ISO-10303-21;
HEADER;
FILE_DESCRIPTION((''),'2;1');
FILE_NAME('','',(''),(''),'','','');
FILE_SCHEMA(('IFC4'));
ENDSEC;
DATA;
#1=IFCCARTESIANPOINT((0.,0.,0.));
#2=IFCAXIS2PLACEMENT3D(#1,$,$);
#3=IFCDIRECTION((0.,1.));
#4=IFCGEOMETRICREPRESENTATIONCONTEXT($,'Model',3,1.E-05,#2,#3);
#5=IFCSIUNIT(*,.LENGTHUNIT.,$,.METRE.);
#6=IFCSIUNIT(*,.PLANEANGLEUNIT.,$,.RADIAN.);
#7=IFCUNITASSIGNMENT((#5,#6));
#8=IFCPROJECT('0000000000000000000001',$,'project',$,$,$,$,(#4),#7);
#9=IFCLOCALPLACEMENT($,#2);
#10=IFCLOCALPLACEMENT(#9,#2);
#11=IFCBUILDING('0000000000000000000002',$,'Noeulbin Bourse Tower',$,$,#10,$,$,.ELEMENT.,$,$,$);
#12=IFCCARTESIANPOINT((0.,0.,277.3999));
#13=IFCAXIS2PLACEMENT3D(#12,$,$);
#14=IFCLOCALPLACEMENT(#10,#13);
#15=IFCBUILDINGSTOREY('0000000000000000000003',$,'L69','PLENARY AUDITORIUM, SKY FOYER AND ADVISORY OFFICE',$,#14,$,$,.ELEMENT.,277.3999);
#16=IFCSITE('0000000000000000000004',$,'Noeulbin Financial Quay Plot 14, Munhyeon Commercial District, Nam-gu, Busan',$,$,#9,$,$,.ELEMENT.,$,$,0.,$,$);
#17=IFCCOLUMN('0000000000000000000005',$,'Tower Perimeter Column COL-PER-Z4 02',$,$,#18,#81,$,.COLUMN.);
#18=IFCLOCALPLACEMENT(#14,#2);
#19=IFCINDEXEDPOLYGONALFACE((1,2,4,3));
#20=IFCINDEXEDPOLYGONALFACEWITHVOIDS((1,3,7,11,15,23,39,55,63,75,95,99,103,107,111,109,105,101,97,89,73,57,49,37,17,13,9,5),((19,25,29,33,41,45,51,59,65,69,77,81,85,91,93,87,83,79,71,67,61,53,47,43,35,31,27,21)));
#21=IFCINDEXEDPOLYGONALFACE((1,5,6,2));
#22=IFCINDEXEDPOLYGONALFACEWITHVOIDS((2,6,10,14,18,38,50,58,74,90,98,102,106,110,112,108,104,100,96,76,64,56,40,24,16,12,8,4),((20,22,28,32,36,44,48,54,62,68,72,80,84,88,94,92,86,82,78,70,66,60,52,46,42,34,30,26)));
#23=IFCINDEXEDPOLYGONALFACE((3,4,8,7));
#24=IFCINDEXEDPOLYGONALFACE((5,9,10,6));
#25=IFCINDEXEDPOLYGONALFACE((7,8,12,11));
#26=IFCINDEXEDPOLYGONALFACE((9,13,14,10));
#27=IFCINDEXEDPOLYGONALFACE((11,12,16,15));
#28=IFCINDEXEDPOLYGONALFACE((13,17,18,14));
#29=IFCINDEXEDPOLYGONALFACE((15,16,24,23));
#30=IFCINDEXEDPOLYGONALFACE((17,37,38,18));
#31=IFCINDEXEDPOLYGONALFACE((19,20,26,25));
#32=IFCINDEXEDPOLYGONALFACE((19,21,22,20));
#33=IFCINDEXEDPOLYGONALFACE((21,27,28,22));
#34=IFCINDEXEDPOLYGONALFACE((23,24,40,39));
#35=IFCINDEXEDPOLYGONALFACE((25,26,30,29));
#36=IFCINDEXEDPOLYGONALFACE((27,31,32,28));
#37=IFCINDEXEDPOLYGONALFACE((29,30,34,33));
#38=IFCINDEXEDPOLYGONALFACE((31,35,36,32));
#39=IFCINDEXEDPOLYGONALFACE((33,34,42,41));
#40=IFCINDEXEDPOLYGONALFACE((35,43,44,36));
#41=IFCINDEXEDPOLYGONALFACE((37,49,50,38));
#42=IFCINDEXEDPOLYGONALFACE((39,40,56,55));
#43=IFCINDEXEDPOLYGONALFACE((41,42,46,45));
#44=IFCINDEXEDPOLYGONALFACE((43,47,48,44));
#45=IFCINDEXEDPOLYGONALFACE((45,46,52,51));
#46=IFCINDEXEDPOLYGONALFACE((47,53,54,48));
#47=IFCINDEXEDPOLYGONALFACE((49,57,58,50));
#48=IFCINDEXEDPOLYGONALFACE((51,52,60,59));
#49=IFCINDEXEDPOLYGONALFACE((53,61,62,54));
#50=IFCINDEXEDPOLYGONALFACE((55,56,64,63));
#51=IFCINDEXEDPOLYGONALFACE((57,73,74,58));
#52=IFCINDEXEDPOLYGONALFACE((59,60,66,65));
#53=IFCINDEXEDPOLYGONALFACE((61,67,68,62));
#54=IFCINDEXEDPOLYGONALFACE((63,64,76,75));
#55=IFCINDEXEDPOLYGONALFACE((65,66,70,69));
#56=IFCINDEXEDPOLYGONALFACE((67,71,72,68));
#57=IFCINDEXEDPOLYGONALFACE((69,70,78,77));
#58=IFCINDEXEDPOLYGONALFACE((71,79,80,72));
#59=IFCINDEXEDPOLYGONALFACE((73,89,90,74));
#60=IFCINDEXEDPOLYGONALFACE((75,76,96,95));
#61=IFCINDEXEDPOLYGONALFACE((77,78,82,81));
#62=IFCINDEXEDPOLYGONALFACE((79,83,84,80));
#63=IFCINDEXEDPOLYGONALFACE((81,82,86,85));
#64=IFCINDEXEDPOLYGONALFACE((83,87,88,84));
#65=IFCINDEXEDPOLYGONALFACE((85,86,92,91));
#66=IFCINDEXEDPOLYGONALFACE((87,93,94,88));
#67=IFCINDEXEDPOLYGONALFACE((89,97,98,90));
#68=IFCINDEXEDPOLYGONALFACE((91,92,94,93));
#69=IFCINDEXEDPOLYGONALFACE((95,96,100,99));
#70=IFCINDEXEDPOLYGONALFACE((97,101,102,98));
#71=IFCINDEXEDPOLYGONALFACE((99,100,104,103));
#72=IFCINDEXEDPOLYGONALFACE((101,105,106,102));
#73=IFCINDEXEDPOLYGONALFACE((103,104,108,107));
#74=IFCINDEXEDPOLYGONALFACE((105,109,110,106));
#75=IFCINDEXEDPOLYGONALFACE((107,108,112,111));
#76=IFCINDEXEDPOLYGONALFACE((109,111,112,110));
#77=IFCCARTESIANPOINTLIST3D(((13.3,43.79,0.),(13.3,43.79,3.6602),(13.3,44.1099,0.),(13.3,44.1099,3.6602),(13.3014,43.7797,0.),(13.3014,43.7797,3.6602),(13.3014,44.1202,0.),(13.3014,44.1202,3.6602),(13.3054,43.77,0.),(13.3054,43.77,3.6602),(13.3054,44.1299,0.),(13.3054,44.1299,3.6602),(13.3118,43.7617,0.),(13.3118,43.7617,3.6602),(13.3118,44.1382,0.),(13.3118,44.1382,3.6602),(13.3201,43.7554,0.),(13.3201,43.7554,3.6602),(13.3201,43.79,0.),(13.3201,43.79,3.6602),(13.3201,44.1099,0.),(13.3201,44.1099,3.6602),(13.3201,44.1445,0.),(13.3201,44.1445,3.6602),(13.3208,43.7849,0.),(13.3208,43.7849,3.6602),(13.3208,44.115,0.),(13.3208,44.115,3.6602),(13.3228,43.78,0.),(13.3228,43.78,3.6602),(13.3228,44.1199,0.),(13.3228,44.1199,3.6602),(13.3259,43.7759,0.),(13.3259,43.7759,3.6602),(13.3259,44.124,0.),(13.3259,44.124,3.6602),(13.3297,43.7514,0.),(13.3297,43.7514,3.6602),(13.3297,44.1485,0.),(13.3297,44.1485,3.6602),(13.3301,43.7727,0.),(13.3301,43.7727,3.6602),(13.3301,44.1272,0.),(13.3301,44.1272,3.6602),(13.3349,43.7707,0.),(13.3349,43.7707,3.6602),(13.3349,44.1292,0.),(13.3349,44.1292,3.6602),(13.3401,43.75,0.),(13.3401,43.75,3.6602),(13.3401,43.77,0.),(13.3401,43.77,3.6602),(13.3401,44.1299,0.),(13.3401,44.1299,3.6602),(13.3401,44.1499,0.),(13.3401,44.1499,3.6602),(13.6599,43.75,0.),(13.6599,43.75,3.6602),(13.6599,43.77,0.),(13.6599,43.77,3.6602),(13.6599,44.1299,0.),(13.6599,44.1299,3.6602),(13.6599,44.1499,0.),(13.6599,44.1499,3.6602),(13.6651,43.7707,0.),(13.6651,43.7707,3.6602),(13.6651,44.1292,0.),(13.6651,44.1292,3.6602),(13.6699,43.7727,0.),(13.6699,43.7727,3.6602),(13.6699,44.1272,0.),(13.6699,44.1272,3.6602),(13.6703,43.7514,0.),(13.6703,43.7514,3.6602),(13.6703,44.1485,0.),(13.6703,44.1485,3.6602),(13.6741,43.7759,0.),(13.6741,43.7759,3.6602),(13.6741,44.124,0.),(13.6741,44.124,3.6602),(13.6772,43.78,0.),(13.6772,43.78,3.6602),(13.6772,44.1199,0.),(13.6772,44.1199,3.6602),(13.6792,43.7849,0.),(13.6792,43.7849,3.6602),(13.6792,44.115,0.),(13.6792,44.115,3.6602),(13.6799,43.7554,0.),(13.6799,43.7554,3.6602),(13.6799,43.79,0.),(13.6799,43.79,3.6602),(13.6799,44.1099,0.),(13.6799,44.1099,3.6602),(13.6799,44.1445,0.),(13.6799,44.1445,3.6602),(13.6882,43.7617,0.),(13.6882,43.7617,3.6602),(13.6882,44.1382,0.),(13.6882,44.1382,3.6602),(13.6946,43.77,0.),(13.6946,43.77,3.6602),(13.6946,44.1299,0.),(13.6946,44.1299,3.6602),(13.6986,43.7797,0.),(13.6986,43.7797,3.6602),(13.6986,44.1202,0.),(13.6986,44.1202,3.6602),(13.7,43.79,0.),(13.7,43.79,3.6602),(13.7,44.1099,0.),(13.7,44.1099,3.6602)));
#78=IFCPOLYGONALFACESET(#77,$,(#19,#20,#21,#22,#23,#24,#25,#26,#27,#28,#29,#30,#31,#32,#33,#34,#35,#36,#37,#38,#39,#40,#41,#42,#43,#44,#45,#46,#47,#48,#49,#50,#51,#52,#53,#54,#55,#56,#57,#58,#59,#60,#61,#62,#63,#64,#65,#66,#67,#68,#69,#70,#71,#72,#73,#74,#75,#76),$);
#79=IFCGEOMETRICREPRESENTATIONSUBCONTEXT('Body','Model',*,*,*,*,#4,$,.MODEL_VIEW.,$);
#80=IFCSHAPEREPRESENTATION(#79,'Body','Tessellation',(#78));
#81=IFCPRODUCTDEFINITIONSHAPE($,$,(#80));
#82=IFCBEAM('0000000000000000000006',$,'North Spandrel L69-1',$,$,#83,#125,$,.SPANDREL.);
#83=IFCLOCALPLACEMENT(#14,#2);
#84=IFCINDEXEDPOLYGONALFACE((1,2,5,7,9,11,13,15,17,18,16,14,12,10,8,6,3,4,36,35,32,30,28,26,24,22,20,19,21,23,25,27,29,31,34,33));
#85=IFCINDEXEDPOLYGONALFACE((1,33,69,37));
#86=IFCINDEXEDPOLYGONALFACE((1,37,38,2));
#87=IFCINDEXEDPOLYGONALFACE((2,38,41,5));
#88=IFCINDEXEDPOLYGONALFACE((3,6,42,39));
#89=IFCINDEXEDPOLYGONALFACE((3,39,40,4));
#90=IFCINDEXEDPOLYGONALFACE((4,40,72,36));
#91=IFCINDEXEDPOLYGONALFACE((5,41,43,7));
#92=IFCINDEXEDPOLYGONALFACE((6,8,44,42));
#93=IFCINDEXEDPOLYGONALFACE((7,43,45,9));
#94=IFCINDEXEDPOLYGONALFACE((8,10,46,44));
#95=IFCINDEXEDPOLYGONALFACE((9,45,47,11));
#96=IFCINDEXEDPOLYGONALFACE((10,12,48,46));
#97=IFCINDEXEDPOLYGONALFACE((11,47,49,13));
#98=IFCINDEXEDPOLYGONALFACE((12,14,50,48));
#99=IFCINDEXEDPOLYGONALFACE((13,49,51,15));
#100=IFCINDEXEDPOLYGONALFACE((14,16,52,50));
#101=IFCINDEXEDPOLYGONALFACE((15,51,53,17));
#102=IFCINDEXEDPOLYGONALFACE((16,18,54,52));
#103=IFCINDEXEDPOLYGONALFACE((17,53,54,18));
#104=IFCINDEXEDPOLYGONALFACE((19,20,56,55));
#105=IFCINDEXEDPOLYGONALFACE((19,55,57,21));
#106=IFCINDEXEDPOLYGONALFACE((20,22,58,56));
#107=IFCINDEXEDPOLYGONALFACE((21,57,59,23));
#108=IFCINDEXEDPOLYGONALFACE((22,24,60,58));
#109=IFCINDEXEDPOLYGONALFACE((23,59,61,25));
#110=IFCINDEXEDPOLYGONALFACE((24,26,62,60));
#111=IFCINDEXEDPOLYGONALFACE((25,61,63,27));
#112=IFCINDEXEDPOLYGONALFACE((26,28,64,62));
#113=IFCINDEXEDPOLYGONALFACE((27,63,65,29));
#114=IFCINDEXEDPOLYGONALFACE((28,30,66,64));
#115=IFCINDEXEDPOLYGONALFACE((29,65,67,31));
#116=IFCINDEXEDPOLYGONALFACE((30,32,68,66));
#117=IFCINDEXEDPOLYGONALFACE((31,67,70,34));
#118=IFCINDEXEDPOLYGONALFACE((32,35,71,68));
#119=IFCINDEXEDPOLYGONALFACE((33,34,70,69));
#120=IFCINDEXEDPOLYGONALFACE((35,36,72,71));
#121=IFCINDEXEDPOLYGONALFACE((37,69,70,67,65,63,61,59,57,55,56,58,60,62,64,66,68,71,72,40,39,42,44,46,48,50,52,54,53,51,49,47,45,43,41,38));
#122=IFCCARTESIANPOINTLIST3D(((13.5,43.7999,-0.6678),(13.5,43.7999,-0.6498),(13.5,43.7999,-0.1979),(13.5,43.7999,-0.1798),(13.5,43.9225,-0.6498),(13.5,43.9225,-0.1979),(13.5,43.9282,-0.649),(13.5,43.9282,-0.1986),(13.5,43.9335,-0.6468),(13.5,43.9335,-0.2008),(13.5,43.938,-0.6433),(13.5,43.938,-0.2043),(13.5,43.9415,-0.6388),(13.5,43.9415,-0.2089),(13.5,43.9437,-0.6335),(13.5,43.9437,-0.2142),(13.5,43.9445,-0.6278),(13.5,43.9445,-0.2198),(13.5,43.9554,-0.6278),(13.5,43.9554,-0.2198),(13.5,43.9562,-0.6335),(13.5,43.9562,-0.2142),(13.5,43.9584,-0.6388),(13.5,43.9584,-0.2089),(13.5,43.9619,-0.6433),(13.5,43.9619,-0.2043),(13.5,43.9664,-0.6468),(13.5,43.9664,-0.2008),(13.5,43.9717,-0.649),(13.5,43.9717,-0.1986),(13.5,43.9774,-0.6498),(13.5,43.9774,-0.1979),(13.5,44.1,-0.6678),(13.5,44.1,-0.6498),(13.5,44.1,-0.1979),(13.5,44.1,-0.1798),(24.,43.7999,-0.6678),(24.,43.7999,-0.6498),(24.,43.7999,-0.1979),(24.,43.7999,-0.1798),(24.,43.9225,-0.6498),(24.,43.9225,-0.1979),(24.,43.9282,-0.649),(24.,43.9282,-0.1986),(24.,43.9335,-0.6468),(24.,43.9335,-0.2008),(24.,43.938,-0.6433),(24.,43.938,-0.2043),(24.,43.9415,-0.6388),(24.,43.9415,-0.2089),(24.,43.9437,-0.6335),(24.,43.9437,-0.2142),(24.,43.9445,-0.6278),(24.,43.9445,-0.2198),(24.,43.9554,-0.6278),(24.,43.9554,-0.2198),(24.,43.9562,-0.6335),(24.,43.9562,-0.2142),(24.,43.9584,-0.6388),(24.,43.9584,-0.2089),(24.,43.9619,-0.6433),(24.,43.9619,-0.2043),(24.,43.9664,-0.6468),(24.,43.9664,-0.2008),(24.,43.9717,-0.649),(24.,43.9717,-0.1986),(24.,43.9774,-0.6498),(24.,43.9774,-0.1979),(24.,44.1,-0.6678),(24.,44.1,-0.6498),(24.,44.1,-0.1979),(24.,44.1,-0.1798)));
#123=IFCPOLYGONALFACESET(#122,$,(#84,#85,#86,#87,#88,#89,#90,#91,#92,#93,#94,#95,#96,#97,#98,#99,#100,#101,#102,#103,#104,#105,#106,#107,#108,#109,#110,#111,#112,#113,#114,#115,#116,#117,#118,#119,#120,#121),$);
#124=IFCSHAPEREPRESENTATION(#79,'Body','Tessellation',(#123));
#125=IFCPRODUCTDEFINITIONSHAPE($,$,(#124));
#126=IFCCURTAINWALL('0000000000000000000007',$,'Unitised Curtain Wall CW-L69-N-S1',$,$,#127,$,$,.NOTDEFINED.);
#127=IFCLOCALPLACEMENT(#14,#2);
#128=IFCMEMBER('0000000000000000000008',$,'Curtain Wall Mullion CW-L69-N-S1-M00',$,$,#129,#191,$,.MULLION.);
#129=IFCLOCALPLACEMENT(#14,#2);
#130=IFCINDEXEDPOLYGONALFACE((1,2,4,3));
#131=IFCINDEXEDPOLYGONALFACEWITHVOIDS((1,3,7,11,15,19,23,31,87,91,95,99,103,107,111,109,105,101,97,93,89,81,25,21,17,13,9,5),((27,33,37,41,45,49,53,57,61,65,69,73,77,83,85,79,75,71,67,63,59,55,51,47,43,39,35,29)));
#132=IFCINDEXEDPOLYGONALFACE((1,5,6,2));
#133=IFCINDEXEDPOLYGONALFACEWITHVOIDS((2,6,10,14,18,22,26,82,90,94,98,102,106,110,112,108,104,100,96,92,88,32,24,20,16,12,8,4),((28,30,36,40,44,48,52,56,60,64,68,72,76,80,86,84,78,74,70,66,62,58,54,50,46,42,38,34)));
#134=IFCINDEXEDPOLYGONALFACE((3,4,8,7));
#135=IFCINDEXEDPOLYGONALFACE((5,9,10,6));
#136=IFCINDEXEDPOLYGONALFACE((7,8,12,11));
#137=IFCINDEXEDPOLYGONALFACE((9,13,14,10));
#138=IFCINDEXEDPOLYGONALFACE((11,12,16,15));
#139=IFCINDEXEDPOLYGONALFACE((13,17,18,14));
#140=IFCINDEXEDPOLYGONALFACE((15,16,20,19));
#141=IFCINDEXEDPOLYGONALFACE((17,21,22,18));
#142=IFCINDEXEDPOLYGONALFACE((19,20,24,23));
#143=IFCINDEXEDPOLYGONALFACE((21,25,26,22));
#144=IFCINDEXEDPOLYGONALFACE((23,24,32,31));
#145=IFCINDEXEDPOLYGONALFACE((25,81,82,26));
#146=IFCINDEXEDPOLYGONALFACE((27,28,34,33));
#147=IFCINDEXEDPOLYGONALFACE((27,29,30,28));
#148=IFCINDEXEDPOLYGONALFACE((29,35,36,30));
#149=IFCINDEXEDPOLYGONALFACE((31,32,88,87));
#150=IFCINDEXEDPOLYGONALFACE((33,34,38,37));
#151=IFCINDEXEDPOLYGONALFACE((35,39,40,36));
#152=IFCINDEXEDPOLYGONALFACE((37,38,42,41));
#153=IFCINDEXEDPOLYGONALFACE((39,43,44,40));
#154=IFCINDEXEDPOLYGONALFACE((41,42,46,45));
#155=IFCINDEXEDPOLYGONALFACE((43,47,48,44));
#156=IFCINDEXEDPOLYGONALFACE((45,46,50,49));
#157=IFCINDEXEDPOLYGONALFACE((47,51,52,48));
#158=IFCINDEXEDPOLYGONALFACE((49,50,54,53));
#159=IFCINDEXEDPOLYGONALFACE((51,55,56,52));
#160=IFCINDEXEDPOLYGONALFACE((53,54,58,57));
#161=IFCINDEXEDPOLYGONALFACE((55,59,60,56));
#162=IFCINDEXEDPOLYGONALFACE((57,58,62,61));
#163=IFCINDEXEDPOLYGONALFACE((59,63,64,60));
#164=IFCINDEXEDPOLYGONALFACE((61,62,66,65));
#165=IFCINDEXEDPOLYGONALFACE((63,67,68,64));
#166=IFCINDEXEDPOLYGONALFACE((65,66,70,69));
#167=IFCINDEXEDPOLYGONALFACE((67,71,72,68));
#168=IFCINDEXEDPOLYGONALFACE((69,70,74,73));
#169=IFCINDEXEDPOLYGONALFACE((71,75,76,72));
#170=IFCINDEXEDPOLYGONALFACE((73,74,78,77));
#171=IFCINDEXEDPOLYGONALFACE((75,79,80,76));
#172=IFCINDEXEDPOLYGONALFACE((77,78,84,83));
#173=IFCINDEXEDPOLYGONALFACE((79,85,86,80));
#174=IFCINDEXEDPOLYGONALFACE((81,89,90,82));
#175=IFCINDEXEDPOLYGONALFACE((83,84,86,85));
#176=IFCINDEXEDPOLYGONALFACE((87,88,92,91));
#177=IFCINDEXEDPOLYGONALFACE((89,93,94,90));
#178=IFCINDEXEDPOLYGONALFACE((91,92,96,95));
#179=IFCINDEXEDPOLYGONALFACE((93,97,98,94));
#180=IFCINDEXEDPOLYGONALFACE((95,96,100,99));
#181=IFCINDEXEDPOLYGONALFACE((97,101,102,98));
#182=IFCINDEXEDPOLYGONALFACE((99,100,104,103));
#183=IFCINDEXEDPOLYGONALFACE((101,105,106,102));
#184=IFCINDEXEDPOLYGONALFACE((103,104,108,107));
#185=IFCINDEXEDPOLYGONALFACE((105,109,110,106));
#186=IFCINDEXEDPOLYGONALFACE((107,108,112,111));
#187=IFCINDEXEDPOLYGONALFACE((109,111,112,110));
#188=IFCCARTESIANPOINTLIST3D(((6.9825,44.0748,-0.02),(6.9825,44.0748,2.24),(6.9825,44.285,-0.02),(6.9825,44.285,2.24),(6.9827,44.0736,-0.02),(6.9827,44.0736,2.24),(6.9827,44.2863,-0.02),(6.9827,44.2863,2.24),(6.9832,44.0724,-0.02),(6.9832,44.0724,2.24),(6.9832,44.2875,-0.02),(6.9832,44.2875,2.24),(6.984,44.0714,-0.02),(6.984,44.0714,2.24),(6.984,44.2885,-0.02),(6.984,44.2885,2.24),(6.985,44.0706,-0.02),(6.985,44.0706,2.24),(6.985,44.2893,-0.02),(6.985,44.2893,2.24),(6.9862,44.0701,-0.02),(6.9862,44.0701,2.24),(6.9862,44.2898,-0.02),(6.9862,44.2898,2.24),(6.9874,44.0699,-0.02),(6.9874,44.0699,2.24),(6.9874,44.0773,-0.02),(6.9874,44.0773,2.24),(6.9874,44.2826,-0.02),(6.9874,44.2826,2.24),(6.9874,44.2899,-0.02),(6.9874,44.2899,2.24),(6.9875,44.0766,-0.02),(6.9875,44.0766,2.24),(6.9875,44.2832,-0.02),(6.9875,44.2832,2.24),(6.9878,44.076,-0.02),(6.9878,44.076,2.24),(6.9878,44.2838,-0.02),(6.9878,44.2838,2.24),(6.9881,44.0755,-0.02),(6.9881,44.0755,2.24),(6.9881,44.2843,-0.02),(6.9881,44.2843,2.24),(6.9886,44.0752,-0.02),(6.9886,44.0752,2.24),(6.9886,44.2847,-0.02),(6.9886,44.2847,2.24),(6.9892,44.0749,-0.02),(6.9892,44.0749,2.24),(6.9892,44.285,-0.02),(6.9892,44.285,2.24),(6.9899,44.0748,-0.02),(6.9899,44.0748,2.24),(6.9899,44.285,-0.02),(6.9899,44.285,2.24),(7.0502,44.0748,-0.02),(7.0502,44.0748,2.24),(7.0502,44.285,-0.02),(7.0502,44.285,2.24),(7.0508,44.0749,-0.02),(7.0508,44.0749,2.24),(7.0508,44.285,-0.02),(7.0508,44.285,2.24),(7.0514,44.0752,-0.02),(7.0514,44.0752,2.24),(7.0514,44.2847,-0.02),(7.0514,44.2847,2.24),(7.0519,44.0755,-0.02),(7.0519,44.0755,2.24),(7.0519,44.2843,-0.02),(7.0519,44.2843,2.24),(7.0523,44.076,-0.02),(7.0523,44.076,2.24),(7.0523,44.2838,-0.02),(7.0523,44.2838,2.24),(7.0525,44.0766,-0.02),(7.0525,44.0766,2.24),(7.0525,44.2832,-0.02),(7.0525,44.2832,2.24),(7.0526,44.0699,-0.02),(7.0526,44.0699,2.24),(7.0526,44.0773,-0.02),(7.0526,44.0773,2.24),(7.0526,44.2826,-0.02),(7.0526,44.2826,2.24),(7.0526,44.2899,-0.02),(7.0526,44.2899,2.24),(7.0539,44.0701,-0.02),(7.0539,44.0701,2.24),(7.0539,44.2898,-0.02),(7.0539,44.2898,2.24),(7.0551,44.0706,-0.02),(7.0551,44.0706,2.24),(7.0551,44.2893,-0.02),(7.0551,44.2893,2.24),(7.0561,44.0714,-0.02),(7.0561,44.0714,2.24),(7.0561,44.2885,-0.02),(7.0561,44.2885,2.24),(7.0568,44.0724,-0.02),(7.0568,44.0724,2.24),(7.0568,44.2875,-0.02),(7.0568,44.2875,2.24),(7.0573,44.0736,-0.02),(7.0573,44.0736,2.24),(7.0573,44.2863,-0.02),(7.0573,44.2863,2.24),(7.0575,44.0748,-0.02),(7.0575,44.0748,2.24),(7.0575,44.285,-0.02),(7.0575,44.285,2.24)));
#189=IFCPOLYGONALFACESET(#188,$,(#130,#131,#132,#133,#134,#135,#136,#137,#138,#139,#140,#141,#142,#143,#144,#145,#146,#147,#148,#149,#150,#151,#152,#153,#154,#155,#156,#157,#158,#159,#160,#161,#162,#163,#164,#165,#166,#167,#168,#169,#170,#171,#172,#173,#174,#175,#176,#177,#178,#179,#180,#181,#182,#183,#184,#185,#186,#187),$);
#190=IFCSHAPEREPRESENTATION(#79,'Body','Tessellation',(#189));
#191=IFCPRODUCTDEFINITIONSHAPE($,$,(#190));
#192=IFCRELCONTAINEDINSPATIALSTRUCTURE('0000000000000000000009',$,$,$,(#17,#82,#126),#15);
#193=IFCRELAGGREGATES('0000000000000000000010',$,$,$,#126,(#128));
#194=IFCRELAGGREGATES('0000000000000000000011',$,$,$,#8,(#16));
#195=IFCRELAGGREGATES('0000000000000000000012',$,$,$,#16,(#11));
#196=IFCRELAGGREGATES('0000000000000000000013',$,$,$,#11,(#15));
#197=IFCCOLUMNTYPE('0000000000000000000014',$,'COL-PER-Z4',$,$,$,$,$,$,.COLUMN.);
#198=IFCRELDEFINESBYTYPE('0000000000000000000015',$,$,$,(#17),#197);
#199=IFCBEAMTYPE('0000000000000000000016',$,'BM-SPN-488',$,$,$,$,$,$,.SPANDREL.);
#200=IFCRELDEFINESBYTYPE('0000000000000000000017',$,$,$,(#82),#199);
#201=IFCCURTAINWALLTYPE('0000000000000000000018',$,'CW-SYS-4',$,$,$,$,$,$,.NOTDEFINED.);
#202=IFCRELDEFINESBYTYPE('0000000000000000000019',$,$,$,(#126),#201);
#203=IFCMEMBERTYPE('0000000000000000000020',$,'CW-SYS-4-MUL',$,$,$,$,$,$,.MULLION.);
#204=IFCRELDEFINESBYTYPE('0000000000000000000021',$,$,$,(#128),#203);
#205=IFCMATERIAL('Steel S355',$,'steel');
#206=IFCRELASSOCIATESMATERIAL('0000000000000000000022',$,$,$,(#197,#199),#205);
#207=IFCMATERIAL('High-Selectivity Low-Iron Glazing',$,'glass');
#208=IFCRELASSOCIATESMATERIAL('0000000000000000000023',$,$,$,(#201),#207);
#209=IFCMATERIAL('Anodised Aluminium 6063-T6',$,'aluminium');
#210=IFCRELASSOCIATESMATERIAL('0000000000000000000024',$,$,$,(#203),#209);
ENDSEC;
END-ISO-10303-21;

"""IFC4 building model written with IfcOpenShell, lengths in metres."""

from ifc_helpers import new_model, si_unit, direction, frame, origin, origin_2d, place, context, subcontext, project, spatial, hollow_rectangle, i_section, extrude, material, material_profile, profile_set, type_object, element, aggregate, save


model = new_model("IFC4")

# Units and contexts
model_context = context("Model", 3, precision=1e-05, world=origin(), true_north=direction((0.0, 1.0)))
body_context = subcontext(model_context, "Body", "Model", "MODEL_VIEW")
ifc_project = project(units=[si_unit("LENGTHUNIT", "METRE"), si_unit("PLANEANGLEUNIT", "RADIAN")], contexts=[model_context])

# Site, building, storey
site_placement = place(None, origin())
site = spatial("IfcSite", under=ifc_project, at=site_placement, Name="Noeulbin Financial Quay Plot 14, Munhyeon Commercial District, Nam-gu, Busan", CompositionType="ELEMENT", RefElevation=0.0)
building_placement = place(site_placement, origin())
building = spatial("IfcBuilding", under=site, at=building_placement, Name="Noeulbin Bourse Tower", CompositionType="ELEMENT")
storey_placement = place(building_placement, frame((0.0, 0.0, 277.3999)))
storey = spatial("IfcBuildingStorey", under=building, at=storey_placement, Name="L69", Description="PLENARY AUDITORIUM, SKY FOYER AND ADVISORY OFFICE", CompositionType="ELEMENT", Elevation=277.3999)

# Column
ifc_material_1 = material(Name="Steel S355", Category="steel")
ifc_material_profile_1 = material_profile(ifc_material_1, hollow_rectangle(XDim=0.3999, YDim=0.3999, WallThickness=0.02, InnerFilletRadius=0.02, OuterFilletRadius=0.04, at=origin_2d()), Name="SHS-400x400x20", Category="LoadBearing")
ifc_profile_set_1 = profile_set([ifc_material_profile_1], Name="Steel S355")
column_type = type_object("IfcColumnType", Name="COL-PER-Z4", PredefinedType="COLUMN", material=ifc_profile_set_1)
column_placement = place(storey_placement, frame((13.5, 43.95, 0.0), z_axis=(0.0, 0.0, 1.0), x_axis=(1.0, 0.0, 0.0)))
element("IfcColumn", 1, at=column_placement, inside=storey, type_object=column_type, Name="Tower Perimeter Column COL-PER-Z4 02", PredefinedType="COLUMN", context=body_context, shape_type="SweptSolid", body=[
    extrude(hollow_rectangle(XDim=0.3999, YDim=0.3999, WallThickness=0.02, InnerFilletRadius=0.02, OuterFilletRadius=0.04, at=origin_2d()), origin(), (0.0, 0.0, 1.0), 3.6602),
])

# Beam
ifc_material_profile_2 = material_profile(ifc_material_1, i_section(OverallWidth=0.3, OverallDepth=0.488, WebThickness=0.011, FlangeThickness=0.0181, FilletRadius=0.022, at=origin_2d()), Name="H-488x300x11x18", Category="LoadBearing")
ifc_profile_set_2 = profile_set([ifc_material_profile_2], Name="Steel S355")
beam_type = type_object("IfcBeamType", Name="BM-SPN-488", PredefinedType="SPANDREL", material=ifc_profile_set_2)
beam_placement = place(storey_placement, frame((13.5, 43.95, -0.4238), z_axis=(1.0, 0.0, 0.0), x_axis=(0.0, 1.0, 0.0)))
element("IfcBeam", 2, at=beam_placement, inside=storey, type_object=beam_type, Name="North Spandrel L69-1", PredefinedType="SPANDREL", context=body_context, shape_type="SweptSolid", body=[
    extrude(i_section(OverallWidth=0.3, OverallDepth=0.488, WebThickness=0.011, FlangeThickness=0.0181, FilletRadius=0.022, at=origin_2d()), origin(), (0.0, 0.0, 1.0), 10.5),
])

# Curtain wall, member
ifc_material_2 = material(Name="High-Selectivity Low-Iron Glazing", Category="glass")
curtain_wall_type = type_object("IfcCurtainWallType", Name="CW-SYS-4", PredefinedType="NOTDEFINED", material=ifc_material_2)
curtain_wall_1_placement = place(storey_placement, origin())
curtain_wall_1 = element("IfcCurtainWall", 3, at=curtain_wall_1_placement, inside=storey, type_object=curtain_wall_type, Name="Unitised Curtain Wall CW-L69-N-S1", PredefinedType="NOTDEFINED")
ifc_material_3 = material(Name="Anodised Aluminium 6063-T6", Category="aluminium")
ifc_material_profile_3 = material_profile(ifc_material_3, hollow_rectangle(XDim=0.075, YDim=0.22, WallThickness=0.0049, InnerFilletRadius=0.0024, OuterFilletRadius=0.0049, at=origin_2d()), Name="ALU-MULL-75x220x5", Category="LoadBearing")
ifc_profile_set_3 = profile_set([ifc_material_profile_3], Name="Anodised Aluminium 6063-T6")
member_type_1 = type_object("IfcMemberType", Name="CW-SYS-4-MUL", PredefinedType="MULLION", material=ifc_profile_set_3)
member_1_placement = place(storey_placement, frame((7.02, 44.1799, -0.02), z_axis=(0.0, 0.0, 1.0), x_axis=(1.0, 0.0, 0.0)))
member_1 = element("IfcMember", 4, at=member_1_placement, type_object=member_type_1, Name="Curtain Wall Mullion CW-L69-N-S1-M00", PredefinedType="MULLION", context=body_context, shape_type="SweptSolid", body=[
    extrude(hollow_rectangle(XDim=0.075, YDim=0.22, WallThickness=0.0049, InnerFilletRadius=0.0024, OuterFilletRadius=0.0049, at=origin_2d()), origin(), (0.0, 0.0, 1.0), 2.26),
])

aggregate(curtain_wall_1, [member_1])

save(model, "model.ifc")
